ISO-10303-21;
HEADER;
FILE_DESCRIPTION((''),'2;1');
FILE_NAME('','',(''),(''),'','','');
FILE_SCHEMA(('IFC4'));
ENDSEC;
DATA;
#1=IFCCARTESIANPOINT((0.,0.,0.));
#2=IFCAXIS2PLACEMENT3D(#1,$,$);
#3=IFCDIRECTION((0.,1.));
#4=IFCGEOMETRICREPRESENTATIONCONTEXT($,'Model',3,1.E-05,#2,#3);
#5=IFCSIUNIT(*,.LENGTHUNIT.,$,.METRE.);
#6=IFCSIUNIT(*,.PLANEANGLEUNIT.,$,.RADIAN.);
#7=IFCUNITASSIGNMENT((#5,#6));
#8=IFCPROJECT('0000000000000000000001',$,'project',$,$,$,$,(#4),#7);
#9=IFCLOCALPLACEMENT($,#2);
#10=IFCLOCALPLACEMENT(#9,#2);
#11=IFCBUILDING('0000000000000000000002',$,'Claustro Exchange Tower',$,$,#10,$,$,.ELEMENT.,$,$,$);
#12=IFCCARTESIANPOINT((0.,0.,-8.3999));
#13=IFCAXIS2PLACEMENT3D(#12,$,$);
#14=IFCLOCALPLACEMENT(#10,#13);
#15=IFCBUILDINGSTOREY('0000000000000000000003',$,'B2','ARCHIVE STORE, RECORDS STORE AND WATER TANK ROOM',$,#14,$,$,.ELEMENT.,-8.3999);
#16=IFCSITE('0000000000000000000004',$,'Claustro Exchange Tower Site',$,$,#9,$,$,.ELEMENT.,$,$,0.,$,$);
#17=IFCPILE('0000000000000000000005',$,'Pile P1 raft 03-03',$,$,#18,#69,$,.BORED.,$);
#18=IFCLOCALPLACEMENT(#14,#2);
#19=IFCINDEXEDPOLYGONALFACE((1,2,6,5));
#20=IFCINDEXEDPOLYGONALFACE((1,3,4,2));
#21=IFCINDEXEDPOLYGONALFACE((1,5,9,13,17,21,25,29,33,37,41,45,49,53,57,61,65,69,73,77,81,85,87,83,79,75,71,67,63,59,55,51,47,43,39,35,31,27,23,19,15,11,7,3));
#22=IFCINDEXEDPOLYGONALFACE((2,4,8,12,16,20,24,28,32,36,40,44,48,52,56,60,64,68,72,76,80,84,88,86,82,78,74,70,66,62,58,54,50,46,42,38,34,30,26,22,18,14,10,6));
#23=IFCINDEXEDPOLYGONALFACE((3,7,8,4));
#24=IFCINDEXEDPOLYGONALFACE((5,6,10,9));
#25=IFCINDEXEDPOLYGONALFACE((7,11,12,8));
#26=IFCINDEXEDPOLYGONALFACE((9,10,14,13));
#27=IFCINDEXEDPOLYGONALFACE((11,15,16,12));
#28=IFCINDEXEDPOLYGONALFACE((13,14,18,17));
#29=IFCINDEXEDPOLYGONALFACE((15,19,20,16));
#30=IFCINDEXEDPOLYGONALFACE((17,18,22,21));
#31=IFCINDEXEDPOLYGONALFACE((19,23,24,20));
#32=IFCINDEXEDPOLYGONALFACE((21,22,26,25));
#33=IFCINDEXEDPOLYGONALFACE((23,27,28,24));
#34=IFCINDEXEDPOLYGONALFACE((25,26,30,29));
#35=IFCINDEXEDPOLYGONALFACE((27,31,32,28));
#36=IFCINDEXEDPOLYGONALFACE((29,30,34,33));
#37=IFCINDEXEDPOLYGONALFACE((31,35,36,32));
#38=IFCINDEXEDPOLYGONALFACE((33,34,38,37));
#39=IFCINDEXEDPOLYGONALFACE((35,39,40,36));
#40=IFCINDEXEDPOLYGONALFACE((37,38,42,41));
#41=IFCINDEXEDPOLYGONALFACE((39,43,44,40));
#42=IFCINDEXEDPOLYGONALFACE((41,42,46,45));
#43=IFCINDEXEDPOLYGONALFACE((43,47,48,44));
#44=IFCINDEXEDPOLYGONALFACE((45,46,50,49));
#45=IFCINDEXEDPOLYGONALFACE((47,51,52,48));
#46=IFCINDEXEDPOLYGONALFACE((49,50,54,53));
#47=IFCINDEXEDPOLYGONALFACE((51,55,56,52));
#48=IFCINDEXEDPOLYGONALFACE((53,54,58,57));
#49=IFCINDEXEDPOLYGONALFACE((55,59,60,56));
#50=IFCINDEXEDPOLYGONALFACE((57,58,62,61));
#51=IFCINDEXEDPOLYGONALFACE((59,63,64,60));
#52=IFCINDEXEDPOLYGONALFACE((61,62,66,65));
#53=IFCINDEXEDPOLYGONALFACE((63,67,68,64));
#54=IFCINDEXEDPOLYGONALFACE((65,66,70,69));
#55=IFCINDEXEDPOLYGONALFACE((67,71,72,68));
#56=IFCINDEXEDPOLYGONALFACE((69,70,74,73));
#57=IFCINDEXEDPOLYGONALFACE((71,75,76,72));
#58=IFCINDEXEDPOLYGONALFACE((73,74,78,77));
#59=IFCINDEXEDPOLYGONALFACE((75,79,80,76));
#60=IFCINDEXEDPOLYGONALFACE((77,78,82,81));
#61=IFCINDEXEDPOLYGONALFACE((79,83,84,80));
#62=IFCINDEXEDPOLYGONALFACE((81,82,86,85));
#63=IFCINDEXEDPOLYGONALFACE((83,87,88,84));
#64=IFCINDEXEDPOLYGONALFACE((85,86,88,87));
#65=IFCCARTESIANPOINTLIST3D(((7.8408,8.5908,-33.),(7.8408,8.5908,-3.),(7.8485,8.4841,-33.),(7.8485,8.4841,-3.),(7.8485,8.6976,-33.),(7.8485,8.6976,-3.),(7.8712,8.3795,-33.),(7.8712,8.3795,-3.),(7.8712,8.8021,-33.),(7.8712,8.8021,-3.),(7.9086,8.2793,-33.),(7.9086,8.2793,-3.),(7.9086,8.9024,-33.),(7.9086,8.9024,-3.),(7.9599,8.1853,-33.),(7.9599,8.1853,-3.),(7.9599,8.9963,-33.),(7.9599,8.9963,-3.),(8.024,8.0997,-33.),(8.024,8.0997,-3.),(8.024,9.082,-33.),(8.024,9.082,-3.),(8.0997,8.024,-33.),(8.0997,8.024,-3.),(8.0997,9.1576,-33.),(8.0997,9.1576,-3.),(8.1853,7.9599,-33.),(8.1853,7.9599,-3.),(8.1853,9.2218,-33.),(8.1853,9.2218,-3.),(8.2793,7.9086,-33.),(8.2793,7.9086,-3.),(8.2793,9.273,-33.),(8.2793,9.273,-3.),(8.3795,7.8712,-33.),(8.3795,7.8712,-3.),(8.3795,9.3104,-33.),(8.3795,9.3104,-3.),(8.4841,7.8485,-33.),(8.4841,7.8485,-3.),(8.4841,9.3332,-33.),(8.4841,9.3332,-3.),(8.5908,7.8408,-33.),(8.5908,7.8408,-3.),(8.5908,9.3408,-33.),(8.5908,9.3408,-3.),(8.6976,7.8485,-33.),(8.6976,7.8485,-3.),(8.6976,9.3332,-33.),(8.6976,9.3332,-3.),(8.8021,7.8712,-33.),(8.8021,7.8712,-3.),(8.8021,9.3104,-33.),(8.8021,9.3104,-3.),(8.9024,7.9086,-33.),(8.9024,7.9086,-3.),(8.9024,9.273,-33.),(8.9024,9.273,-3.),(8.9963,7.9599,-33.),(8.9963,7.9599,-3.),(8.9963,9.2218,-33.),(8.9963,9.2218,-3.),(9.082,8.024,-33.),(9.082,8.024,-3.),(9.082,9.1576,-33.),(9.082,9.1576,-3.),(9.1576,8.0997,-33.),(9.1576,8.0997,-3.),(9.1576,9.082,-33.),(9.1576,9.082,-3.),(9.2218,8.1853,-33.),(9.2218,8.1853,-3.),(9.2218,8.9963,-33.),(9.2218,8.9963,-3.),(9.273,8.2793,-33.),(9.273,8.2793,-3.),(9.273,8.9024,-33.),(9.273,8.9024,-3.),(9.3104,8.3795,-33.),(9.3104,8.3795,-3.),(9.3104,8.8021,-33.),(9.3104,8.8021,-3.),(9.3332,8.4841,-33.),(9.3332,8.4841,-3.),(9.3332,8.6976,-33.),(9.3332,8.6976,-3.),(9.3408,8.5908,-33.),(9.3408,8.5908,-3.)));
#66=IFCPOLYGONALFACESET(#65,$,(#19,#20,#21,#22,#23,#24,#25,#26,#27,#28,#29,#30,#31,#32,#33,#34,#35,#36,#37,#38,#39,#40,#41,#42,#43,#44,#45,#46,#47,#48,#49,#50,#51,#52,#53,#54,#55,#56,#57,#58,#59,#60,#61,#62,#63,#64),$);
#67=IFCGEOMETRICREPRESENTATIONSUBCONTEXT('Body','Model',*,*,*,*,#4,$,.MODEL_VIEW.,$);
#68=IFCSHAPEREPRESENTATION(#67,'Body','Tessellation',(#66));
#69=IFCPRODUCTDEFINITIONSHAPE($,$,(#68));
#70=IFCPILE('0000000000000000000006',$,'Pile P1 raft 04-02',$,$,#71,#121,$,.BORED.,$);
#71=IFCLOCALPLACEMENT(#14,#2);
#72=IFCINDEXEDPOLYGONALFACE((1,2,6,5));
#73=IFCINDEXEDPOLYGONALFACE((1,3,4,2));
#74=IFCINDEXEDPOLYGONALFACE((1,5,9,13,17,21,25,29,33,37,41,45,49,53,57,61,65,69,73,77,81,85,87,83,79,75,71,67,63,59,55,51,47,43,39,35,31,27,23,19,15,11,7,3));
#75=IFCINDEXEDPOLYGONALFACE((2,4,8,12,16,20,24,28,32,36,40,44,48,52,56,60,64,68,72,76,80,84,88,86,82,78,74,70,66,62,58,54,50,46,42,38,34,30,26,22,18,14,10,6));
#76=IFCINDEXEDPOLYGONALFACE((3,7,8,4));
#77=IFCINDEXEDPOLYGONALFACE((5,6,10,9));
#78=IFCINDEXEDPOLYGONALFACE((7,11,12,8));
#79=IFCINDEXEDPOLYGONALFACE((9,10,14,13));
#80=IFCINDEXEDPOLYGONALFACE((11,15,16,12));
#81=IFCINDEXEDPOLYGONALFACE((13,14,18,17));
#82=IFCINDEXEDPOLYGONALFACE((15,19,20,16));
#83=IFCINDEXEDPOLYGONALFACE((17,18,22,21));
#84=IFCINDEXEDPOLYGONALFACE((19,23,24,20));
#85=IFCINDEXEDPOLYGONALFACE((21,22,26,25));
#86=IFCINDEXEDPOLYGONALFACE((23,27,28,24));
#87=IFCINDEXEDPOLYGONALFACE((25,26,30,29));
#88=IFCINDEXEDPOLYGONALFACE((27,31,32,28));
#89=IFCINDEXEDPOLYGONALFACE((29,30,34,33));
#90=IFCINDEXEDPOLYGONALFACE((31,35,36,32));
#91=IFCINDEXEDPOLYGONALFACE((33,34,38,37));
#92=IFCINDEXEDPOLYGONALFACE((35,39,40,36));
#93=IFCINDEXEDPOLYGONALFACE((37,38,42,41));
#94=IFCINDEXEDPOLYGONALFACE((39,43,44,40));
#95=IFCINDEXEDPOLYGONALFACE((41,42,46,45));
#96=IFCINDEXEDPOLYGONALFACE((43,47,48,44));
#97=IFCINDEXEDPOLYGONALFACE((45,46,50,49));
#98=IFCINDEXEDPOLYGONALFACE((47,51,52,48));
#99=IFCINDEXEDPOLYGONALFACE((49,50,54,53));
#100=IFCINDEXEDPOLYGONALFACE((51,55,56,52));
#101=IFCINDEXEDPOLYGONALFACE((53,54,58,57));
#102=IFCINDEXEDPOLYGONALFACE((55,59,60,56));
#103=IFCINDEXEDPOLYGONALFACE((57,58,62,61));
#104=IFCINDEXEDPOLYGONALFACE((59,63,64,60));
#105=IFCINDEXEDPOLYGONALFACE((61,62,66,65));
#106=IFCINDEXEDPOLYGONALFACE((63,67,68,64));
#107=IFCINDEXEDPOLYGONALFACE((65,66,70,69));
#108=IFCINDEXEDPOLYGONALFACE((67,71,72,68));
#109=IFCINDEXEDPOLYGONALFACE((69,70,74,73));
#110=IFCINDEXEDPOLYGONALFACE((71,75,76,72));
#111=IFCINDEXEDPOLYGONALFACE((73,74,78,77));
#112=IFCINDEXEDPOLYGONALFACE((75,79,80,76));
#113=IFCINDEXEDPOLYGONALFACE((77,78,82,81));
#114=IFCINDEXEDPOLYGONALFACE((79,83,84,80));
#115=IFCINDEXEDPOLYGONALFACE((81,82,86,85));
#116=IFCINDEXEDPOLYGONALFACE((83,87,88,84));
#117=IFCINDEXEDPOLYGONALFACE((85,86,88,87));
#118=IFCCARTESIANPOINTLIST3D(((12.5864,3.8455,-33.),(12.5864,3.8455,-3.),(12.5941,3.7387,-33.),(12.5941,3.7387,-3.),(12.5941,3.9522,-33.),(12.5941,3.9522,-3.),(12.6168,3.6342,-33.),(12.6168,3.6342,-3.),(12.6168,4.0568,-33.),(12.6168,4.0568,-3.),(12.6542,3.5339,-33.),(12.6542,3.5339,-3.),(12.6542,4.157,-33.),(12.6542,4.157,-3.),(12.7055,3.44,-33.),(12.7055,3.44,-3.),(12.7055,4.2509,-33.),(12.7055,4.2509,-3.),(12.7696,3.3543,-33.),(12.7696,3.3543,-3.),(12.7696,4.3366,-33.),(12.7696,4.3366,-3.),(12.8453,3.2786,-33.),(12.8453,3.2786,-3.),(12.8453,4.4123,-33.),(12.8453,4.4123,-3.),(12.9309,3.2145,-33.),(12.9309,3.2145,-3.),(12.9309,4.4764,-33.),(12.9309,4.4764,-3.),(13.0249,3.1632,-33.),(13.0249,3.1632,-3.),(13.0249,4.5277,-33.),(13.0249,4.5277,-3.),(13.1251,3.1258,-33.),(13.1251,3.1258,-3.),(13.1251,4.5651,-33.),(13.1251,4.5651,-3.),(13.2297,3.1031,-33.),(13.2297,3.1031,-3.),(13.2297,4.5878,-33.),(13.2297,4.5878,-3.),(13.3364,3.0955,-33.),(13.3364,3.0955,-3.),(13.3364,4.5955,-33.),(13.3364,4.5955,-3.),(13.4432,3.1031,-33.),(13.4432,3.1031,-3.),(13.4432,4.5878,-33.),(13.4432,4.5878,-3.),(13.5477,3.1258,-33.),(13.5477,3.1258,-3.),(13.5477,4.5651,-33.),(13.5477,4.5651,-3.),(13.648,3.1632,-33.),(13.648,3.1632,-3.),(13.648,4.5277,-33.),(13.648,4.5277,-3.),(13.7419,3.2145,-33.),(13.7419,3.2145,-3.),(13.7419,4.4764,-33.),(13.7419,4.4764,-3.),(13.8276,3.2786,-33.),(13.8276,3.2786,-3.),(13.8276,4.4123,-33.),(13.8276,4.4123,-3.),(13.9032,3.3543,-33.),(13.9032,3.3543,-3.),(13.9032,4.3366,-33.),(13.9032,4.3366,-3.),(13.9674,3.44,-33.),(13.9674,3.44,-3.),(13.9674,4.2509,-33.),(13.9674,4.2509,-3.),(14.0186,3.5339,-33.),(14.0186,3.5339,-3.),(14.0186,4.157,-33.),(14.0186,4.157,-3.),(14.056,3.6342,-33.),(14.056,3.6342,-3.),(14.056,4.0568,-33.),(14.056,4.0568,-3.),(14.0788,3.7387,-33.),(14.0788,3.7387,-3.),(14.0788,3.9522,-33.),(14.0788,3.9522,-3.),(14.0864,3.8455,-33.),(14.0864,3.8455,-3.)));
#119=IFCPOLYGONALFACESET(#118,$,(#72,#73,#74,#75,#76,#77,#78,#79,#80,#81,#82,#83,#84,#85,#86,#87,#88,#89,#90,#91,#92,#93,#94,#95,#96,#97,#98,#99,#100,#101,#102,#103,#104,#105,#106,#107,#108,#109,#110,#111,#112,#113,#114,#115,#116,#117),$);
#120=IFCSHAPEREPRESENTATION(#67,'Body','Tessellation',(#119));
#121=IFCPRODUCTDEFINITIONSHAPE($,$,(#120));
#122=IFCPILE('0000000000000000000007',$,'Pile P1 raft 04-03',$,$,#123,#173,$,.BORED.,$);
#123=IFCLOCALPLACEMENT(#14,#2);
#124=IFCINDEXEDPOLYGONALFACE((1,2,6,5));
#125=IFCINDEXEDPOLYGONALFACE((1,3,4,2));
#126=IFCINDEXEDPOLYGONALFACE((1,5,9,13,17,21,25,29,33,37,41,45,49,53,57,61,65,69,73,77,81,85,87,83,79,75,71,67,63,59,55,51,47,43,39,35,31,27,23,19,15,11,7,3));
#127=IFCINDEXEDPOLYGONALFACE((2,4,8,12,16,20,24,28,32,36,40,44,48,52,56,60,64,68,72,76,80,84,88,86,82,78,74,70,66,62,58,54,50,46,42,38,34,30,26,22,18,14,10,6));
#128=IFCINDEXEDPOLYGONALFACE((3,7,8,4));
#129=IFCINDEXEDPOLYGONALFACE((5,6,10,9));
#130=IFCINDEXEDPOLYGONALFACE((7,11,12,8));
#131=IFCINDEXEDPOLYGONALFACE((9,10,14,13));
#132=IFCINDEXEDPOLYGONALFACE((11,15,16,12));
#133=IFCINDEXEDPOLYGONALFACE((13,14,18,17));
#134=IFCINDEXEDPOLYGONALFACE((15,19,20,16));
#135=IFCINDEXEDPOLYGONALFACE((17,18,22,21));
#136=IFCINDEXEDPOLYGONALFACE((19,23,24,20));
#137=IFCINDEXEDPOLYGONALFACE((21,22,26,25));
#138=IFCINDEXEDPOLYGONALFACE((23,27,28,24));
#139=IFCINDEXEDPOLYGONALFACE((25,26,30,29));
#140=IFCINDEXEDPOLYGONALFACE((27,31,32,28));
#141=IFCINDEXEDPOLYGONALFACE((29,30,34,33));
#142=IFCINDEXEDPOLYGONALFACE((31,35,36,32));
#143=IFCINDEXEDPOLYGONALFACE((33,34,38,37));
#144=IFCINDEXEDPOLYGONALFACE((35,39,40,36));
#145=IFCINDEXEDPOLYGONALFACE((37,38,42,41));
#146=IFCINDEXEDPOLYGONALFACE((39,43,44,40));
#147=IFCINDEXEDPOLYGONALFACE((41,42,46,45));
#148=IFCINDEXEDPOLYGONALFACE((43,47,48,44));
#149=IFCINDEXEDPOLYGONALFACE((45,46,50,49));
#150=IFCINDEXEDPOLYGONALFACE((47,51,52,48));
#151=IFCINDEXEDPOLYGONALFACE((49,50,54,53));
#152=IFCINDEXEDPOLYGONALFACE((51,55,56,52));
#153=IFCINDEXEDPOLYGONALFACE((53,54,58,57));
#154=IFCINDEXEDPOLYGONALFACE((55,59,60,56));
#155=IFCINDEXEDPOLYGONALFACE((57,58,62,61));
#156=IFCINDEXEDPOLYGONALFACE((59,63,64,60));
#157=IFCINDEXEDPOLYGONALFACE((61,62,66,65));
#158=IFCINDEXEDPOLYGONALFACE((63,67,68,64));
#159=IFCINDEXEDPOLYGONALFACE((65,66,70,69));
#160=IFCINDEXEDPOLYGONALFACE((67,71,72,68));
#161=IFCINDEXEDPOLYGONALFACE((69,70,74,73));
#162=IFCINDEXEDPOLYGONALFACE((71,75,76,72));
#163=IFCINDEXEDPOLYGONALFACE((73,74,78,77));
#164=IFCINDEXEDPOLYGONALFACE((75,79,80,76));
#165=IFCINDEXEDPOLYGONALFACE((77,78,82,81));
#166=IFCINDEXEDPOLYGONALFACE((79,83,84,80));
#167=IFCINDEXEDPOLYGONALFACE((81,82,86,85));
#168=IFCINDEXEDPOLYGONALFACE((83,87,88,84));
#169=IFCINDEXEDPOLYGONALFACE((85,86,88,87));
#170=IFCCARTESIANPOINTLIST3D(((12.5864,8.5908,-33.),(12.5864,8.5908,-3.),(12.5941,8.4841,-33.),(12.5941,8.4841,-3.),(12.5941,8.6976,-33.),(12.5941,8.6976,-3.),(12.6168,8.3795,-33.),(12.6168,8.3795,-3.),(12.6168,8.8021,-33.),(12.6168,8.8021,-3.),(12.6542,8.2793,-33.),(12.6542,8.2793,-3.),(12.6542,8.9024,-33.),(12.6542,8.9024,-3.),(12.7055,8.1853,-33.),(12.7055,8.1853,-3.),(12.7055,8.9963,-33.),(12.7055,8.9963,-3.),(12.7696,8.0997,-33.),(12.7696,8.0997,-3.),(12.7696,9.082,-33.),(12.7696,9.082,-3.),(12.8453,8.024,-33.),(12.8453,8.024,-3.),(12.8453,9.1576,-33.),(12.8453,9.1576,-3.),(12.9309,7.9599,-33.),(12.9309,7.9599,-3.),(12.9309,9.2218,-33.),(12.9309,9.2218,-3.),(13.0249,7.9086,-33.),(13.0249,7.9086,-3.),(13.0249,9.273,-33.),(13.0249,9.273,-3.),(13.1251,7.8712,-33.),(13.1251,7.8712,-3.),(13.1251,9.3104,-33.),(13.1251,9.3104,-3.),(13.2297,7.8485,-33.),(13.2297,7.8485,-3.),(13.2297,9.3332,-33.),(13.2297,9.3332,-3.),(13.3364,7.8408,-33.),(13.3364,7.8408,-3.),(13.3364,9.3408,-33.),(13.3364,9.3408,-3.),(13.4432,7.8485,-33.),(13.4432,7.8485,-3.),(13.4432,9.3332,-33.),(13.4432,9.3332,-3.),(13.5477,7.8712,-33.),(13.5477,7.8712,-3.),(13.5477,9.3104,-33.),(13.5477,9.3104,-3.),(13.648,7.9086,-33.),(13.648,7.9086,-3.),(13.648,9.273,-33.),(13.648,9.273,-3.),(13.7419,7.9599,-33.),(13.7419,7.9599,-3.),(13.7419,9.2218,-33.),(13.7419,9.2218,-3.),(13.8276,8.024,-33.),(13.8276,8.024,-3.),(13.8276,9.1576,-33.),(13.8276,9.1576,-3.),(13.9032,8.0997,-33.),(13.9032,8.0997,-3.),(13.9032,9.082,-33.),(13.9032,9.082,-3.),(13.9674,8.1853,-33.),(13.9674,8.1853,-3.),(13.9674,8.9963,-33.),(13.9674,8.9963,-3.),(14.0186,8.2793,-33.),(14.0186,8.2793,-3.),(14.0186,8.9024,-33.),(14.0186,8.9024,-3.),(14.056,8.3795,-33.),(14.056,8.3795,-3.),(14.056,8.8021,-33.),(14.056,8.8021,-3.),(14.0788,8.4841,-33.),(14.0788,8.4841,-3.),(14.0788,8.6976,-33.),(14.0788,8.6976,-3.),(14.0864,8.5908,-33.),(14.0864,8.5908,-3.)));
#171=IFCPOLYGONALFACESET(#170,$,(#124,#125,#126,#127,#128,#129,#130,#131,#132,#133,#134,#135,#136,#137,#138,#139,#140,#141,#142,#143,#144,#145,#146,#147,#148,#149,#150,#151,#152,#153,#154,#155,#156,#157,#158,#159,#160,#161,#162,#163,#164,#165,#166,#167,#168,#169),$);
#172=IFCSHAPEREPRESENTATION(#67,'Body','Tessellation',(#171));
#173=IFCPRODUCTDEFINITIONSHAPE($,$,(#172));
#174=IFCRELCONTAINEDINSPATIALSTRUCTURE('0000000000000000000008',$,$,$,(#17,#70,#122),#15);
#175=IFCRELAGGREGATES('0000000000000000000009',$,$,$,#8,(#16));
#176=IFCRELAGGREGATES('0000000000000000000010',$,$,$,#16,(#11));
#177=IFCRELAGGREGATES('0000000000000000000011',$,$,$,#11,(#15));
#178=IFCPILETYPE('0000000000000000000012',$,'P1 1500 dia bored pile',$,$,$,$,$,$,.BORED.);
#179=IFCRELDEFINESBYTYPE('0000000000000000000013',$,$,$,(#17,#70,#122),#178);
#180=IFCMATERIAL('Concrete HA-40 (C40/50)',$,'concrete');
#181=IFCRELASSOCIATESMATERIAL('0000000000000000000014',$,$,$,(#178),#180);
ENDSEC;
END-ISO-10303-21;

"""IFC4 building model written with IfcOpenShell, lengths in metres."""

from ifc_helpers import new_model, si_unit, direction, frame, origin, origin_2d, place, context, subcontext, project, spatial, circle, extrude, material, type_object, element, save


model = new_model("IFC4")

# Units and contexts
model_context = context("Model", 3, precision=1e-05, world=origin(), true_north=direction((0.0, 1.0)))
body_context = subcontext(model_context, "Body", "Model", "MODEL_VIEW")
ifc_project = project(units=[si_unit("LENGTHUNIT", "METRE"), si_unit("PLANEANGLEUNIT", "RADIAN")], contexts=[model_context])

# Site, building, storey
site_placement = place(None, origin())
site = spatial("IfcSite", under=ifc_project, at=site_placement, Name="Claustro Exchange Tower Site", CompositionType="ELEMENT", RefElevation=0.0)
building_placement = place(site_placement, origin())
building = spatial("IfcBuilding", under=site, at=building_placement, Name="Claustro Exchange Tower", CompositionType="ELEMENT")
storey_placement = place(building_placement, frame((0.0, 0.0, -8.3999)))
storey = spatial("IfcBuildingStorey", under=building, at=storey_placement, Name="B2", Description="ARCHIVE STORE, RECORDS STORE AND WATER TANK ROOM", CompositionType="ELEMENT", Elevation=-8.3999)

# Piles
ifc_material_1 = material(Name="Concrete HA-40 (C40/50)", Category="concrete")
pile_type_1 = type_object("IfcPileType", Name="P1 1500 dia bored pile", PredefinedType="BORED", material=ifc_material_1)
for number, where, z_axis, x_axis, name in (
    (1, (8.5908, 8.5908, -3.0), (0.0, 0.0, -1.0), (1.0, 0.0, 0.0), "Pile P1 raft 03-03"),
    (2, (13.3364, 3.8455, -3.0), (0.0, 0.0, -1.0), (1.0, 0.0, 0.0), "Pile P1 raft 04-02"),
    (3, (13.3364, 8.5908, -3.0), (0.0, 0.0, -1.0), (1.0, 0.0, 0.0), "Pile P1 raft 04-03"),
):
    element("IfcPile", number, at=place(storey_placement, frame(where, z_axis=z_axis, x_axis=x_axis)), inside=storey, type_object=pile_type_1, Name=name, PredefinedType="BORED", context=body_context, shape_type="SweptSolid", body=[
        extrude(circle(Radius=0.75, at=origin_2d()), origin(), (0.0, 0.0, 1.0), 30.0),
    ])

save(model, "model.ifc")
